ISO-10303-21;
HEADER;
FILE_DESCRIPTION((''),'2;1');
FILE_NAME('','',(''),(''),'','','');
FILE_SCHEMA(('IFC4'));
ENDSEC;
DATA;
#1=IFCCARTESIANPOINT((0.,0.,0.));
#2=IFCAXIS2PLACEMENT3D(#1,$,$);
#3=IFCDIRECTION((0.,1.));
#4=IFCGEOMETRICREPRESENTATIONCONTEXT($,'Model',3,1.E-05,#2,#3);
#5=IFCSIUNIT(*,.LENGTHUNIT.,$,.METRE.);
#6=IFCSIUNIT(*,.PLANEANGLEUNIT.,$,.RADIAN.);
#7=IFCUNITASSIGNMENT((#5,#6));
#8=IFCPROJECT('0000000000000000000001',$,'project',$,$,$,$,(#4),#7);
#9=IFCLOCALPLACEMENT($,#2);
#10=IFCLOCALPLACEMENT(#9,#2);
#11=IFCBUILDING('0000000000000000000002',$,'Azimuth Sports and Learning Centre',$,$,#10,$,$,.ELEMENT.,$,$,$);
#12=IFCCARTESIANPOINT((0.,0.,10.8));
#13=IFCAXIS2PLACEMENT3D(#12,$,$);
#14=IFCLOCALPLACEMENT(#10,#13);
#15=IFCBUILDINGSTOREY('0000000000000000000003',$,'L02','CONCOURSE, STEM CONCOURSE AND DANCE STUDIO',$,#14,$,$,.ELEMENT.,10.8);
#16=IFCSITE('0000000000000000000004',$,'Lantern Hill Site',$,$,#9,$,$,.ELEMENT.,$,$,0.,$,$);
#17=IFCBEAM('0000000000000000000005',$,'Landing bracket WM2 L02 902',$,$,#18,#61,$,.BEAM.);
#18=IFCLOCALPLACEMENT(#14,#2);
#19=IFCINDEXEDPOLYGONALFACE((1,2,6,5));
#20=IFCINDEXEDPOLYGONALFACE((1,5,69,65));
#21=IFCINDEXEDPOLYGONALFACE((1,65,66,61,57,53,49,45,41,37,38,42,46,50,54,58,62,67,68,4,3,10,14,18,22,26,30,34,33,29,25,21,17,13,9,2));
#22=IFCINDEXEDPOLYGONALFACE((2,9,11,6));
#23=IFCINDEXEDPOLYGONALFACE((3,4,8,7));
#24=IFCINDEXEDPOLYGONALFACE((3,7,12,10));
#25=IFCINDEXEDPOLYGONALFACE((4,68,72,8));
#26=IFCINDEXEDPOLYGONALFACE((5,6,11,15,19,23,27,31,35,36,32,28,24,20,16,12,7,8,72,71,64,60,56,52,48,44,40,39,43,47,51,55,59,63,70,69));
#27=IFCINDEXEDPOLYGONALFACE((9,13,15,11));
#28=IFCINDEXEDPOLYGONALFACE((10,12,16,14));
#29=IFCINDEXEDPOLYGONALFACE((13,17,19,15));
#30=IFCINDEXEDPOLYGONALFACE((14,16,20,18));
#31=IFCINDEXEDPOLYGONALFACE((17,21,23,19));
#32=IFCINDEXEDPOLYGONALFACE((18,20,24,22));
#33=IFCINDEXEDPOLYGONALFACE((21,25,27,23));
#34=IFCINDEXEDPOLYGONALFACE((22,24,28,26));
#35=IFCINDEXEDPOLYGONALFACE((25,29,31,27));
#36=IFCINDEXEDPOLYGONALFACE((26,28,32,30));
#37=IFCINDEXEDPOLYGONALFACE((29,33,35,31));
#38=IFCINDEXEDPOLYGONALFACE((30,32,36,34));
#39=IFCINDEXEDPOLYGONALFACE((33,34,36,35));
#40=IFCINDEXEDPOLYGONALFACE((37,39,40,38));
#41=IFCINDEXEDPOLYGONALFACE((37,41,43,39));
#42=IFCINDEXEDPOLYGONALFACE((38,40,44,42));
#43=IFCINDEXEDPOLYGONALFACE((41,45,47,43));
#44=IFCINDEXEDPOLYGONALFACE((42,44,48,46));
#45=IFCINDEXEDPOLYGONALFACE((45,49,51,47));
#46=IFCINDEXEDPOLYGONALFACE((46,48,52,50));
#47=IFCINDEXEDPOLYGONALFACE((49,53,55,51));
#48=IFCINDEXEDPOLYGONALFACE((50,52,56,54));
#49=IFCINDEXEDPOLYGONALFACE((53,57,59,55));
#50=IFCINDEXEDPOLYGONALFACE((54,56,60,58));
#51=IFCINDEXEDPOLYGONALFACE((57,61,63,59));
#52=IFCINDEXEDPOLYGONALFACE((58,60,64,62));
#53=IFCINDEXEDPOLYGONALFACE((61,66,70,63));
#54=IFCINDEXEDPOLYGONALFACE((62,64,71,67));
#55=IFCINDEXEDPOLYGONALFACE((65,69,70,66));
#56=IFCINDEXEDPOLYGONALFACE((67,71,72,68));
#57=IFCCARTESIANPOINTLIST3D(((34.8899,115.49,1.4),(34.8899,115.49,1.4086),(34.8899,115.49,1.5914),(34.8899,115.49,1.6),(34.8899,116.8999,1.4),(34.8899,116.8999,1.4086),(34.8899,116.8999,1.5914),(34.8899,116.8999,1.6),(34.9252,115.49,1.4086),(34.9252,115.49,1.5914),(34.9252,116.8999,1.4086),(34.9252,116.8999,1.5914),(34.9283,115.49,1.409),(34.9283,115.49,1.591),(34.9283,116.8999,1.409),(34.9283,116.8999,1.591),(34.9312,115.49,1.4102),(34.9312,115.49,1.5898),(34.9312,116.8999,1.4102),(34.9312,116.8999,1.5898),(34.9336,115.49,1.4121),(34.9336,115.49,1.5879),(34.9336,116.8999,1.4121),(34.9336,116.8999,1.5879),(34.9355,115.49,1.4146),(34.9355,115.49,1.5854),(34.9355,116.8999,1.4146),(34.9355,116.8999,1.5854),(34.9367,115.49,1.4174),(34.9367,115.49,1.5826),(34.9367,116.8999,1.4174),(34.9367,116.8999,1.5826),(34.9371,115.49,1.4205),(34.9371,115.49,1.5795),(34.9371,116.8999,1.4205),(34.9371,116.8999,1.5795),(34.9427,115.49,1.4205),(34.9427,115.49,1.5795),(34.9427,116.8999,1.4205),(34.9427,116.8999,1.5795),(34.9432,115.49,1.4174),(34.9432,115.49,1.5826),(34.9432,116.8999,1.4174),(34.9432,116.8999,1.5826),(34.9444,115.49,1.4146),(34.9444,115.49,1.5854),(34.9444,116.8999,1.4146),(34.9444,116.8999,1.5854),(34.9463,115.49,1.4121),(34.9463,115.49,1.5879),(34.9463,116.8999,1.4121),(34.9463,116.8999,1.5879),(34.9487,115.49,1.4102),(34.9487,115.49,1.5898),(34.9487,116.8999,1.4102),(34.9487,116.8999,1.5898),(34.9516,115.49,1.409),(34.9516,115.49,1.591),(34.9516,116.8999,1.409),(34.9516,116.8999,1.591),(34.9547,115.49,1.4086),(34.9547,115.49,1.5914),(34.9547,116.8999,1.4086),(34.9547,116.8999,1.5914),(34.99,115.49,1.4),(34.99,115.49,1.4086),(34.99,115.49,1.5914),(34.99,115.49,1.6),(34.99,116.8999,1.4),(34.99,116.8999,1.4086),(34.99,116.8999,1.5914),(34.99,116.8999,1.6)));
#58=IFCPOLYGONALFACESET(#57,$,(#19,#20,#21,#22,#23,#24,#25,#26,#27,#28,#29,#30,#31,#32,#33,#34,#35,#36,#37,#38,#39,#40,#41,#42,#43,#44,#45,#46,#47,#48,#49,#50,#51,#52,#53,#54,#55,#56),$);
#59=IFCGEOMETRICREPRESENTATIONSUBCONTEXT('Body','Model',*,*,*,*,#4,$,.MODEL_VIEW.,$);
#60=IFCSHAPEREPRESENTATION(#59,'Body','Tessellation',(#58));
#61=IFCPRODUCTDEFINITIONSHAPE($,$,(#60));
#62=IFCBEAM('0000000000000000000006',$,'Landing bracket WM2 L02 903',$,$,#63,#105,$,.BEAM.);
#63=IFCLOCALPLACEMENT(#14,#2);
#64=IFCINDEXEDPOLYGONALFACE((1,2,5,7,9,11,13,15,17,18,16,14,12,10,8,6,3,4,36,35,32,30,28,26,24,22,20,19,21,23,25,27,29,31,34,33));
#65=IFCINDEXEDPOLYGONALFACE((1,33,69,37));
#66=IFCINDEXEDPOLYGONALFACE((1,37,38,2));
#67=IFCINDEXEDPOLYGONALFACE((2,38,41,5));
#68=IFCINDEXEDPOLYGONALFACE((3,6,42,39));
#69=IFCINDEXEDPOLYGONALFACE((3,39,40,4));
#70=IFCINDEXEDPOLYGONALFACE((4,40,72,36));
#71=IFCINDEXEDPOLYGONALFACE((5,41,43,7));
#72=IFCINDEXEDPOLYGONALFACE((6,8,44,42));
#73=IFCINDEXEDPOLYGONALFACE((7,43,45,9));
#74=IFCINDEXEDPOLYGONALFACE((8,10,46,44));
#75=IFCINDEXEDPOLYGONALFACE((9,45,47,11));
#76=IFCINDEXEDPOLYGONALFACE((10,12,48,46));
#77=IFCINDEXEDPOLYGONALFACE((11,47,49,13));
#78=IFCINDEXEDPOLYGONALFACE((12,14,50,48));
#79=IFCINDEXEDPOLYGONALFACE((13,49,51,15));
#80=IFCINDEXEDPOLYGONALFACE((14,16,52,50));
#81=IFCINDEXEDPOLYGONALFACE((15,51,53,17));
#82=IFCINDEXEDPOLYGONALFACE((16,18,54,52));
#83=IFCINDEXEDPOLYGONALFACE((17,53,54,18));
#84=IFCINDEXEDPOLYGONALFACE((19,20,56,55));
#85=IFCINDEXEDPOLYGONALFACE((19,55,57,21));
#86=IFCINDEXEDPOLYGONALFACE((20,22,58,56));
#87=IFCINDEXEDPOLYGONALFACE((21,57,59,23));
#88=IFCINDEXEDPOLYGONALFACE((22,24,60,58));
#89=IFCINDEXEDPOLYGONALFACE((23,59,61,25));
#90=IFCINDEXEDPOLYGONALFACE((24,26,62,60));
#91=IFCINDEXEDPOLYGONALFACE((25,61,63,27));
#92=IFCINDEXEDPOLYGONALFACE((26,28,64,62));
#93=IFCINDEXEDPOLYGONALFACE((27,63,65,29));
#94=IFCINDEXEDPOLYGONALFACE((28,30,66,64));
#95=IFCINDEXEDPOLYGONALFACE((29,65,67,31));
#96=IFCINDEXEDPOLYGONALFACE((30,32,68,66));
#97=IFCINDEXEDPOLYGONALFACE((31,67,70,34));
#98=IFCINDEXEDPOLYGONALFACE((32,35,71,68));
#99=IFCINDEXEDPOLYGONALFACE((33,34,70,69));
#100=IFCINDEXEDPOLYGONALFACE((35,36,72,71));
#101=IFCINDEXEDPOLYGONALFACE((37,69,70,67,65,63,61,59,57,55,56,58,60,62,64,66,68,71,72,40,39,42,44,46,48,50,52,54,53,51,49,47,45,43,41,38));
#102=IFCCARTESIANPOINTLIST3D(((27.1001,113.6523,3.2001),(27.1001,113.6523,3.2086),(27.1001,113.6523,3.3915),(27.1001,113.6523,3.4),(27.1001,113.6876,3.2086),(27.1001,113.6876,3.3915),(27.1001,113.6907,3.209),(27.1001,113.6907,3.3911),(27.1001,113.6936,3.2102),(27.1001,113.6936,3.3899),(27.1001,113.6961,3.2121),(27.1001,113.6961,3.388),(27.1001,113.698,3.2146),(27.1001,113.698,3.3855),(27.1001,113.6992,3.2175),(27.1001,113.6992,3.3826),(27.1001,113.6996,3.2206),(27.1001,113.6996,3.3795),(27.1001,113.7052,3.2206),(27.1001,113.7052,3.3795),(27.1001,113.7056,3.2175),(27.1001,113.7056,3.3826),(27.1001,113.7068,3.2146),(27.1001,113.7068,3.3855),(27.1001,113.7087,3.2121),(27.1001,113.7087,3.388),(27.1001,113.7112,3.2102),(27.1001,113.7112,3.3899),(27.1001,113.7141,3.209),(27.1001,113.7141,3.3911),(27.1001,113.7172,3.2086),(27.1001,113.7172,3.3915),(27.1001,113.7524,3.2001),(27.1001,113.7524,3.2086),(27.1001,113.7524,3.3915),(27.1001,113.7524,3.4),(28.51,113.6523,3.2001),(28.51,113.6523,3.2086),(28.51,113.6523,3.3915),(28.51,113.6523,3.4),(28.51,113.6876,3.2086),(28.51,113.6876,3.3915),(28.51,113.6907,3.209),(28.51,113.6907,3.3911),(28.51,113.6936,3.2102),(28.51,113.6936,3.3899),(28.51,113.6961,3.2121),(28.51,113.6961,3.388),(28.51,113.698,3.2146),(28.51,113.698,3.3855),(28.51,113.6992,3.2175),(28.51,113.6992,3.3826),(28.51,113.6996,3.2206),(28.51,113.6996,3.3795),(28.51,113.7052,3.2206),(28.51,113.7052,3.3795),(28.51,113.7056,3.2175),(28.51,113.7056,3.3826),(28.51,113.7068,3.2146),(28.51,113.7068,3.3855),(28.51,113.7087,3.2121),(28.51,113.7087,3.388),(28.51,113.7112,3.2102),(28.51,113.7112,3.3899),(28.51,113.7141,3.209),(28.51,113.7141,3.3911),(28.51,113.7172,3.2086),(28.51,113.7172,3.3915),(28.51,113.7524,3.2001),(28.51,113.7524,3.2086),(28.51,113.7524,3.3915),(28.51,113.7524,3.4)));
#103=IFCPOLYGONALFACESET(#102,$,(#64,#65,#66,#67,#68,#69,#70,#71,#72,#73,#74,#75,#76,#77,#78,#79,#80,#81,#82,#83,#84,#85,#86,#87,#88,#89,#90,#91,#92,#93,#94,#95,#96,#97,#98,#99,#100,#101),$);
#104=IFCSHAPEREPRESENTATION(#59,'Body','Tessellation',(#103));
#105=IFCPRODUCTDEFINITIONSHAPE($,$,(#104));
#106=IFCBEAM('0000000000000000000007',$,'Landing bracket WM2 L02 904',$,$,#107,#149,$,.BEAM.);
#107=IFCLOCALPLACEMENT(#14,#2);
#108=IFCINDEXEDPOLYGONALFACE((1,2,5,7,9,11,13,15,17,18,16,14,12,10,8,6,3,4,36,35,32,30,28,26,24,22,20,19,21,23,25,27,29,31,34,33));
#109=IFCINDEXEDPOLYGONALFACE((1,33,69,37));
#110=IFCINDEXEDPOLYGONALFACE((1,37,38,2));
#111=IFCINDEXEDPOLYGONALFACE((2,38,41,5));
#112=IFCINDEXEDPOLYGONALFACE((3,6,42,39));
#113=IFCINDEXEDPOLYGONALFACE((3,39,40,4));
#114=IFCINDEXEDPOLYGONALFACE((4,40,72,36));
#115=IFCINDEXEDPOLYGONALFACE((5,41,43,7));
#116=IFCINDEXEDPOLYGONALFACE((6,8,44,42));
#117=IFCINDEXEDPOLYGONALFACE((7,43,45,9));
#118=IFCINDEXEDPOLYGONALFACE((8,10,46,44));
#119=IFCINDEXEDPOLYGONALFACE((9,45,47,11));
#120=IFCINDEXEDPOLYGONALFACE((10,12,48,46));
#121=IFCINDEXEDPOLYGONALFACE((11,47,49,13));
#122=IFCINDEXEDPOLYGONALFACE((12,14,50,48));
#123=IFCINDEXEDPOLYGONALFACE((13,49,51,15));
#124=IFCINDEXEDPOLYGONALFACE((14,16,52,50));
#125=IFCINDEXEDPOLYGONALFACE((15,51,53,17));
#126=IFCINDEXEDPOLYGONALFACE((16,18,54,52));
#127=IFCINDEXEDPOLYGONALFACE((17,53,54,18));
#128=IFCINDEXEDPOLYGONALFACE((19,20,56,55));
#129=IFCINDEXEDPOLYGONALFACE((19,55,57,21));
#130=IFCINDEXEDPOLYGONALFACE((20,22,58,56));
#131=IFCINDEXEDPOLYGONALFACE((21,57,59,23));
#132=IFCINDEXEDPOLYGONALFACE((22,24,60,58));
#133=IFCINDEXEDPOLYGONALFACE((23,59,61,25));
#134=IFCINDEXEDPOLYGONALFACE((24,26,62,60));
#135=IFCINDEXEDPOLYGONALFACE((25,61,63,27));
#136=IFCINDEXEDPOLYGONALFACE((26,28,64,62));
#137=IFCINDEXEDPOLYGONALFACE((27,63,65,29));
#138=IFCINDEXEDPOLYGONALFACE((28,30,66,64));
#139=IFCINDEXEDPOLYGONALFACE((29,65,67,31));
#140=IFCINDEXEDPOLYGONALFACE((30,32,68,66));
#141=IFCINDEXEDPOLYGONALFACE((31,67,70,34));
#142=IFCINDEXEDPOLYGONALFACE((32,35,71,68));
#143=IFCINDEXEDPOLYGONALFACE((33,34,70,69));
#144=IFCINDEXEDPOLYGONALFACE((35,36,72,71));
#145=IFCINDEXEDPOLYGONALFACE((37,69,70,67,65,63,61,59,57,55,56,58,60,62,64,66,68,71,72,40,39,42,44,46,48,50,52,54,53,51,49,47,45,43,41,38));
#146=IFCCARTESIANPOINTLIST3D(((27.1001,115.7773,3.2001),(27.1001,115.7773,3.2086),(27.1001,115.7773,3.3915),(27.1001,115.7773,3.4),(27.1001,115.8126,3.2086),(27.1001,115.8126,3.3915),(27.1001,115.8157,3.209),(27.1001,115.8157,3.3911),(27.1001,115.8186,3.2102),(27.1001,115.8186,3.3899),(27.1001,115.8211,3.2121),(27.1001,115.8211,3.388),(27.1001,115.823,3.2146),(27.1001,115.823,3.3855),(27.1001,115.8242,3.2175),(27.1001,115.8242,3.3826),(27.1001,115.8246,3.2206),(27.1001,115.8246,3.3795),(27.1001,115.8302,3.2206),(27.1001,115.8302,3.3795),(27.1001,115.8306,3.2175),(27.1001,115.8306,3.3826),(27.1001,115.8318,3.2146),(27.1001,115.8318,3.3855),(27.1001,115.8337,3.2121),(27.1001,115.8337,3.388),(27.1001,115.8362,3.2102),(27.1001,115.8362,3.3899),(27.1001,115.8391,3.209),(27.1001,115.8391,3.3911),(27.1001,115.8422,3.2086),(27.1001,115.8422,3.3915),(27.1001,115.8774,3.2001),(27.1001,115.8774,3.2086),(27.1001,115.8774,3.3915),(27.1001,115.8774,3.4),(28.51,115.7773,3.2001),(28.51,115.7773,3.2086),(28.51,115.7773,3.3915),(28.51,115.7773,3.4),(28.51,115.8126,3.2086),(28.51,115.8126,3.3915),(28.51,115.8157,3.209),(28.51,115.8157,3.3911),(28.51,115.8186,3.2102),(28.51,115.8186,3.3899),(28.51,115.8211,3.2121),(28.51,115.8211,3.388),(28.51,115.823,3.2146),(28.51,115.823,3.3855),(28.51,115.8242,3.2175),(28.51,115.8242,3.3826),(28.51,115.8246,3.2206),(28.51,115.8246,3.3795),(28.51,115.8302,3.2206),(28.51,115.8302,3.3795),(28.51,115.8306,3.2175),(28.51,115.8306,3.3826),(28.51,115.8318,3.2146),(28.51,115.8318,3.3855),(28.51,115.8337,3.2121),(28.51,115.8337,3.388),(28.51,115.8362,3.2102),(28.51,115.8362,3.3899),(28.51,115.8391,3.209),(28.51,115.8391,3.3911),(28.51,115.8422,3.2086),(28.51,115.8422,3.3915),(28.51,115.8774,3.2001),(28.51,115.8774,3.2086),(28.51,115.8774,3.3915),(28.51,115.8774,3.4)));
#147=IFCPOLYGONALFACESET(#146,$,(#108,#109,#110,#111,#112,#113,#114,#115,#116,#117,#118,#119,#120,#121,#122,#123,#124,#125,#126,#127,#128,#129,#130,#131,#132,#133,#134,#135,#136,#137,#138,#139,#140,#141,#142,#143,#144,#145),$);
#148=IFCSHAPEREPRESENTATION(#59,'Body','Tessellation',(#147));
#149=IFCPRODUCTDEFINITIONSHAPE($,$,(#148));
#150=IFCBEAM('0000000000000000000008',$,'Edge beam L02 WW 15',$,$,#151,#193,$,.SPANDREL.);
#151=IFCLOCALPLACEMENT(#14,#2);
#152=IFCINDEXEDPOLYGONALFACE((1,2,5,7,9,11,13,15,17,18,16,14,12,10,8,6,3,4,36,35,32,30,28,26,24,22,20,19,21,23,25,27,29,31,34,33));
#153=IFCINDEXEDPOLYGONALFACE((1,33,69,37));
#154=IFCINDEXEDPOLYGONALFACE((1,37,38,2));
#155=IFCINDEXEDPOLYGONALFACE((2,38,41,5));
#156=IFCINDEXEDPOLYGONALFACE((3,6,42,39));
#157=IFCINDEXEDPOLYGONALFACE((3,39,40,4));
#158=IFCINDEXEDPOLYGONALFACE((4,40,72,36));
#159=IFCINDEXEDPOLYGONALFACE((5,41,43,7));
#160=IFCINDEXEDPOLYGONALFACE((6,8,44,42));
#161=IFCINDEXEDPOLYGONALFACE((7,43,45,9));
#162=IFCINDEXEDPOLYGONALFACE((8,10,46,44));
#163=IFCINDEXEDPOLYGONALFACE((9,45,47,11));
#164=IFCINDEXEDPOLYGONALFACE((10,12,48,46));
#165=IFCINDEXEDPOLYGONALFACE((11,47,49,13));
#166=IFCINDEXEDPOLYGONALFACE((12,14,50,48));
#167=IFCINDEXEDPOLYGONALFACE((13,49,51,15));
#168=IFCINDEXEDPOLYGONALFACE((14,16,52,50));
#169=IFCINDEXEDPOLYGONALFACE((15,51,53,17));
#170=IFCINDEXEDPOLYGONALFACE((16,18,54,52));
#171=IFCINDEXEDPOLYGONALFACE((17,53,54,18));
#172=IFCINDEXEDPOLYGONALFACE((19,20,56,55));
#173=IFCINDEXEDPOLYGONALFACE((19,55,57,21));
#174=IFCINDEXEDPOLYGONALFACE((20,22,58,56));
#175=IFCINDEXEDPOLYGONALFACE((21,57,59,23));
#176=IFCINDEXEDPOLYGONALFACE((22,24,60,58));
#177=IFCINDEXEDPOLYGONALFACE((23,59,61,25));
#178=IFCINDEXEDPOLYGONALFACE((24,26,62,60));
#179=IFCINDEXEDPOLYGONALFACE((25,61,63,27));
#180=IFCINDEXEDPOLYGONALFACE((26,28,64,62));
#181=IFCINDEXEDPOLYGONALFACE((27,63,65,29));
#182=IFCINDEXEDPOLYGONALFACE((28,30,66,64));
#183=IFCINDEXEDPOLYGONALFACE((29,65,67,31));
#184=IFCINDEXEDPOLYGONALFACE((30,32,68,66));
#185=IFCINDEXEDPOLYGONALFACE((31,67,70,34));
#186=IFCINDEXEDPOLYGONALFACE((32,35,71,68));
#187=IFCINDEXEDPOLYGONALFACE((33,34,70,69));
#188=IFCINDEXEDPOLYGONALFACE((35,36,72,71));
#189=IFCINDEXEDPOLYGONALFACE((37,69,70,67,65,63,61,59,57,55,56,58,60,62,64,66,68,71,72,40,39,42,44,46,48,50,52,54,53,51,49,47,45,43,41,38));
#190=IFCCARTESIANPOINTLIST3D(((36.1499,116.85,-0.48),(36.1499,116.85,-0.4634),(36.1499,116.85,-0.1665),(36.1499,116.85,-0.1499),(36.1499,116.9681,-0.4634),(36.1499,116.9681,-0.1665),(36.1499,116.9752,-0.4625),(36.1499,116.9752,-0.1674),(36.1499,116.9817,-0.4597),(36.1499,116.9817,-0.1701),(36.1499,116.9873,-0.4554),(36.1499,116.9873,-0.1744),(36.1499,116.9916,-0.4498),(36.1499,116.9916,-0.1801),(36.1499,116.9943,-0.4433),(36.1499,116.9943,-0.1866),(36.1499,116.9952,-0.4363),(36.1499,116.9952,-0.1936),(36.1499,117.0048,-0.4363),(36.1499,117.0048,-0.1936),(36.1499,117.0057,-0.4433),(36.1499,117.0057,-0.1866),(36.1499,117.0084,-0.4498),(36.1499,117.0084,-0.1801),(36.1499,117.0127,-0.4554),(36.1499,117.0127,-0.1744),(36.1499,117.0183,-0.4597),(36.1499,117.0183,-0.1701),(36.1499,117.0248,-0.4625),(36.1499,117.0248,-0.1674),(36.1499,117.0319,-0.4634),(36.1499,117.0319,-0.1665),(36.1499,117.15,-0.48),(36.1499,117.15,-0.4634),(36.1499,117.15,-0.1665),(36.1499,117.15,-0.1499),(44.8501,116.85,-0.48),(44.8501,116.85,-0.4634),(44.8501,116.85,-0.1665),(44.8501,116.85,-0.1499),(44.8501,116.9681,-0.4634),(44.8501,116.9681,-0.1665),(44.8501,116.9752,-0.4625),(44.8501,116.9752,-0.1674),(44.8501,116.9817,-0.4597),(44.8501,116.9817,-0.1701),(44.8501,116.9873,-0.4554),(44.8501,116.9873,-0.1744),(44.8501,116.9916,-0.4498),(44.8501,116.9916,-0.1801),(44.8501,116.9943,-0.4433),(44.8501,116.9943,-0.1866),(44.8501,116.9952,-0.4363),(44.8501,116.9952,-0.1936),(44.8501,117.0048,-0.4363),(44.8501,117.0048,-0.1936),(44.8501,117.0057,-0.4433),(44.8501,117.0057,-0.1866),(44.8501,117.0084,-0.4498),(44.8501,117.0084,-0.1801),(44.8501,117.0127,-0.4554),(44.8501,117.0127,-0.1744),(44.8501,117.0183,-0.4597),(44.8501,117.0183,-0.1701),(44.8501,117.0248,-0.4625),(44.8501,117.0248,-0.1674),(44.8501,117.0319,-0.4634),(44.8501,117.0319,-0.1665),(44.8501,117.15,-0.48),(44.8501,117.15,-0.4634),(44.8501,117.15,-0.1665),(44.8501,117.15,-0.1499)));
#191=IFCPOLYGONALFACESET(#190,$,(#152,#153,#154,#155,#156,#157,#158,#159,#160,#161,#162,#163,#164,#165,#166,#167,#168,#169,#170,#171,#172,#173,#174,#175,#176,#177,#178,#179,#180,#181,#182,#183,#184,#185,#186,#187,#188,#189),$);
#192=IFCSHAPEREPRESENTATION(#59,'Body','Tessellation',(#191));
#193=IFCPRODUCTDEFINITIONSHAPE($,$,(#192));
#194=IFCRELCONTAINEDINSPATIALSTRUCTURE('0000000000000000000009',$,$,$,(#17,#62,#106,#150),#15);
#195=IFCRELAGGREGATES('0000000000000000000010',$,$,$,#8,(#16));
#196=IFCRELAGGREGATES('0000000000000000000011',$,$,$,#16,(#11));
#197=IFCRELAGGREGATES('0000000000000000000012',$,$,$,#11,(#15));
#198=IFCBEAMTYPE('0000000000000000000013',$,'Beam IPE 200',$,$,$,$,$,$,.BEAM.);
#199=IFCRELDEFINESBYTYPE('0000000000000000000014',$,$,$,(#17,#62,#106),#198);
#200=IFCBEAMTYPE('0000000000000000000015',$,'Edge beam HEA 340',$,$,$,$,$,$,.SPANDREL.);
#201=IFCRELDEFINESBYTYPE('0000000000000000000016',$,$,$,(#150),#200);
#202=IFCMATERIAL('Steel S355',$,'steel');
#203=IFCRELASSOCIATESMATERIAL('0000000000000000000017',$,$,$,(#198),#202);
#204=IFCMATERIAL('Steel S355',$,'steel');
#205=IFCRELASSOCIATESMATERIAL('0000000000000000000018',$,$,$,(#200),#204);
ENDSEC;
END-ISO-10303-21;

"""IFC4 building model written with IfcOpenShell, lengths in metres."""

from ifc_helpers import new_model, si_unit, direction, frame, origin, origin_2d, place, context, subcontext, project, spatial, i_section, extrude, material, material_profile, profile_set, type_object, element, save


model = new_model("IFC4")

# Units and contexts
model_context = context("Model", 3, precision=1e-05, world=origin(), true_north=direction((0.0, 1.0)))
body_context = subcontext(model_context, "Body", "Model", "MODEL_VIEW")
ifc_project = project(units=[si_unit("LENGTHUNIT", "METRE"), si_unit("PLANEANGLEUNIT", "RADIAN")], contexts=[model_context])

# Site, building, storey
site_placement = place(None, origin())
site = spatial("IfcSite", under=ifc_project, at=site_placement, Name="Lantern Hill Site", CompositionType="ELEMENT", RefElevation=0.0)
building_placement = place(site_placement, origin())
building = spatial("IfcBuilding", under=site, at=building_placement, Name="Azimuth Sports and Learning Centre", CompositionType="ELEMENT")
storey_placement = place(building_placement, frame((0.0, 0.0, 10.8)))
storey = spatial("IfcBuildingStorey", under=building, at=storey_placement, Name="L02", Description="CONCOURSE, STEM CONCOURSE AND DANCE STUDIO", CompositionType="ELEMENT", Elevation=10.8)

# Beams
ifc_material_1 = material(Name="Steel S355", Category="steel")
ifc_material_profile_1 = material_profile(ifc_material_1, i_section(OverallWidth=0.1001, OverallDepth=0.2, WebThickness=0.0056, FlangeThickness=0.0085, FilletRadius=0.012, at=origin_2d()), Name="IPE 200")
ifc_profile_set_1 = profile_set([ifc_material_profile_1], Name="Steel S355")
beam_type_1 = type_object("IfcBeamType", Name="Beam IPE 200", PredefinedType="BEAM", material=ifc_profile_set_1)
for number, where, z_axis, x_axis, name in (
    (1, (34.9399, 116.8999, 1.5), (0.0, -1.0, 0.0), (1.0, 0.0, 0.0), "Landing bracket WM2 L02 902"),
    (2, (27.1001, 113.7024, 3.3), (1.0, 0.0, 0.0), (0.0, 1.0, 0.0), "Landing bracket WM2 L02 903"),
    (3, (27.1001, 115.8274, 3.3), (1.0, 0.0, 0.0), (0.0, 1.0, 0.0), "Landing bracket WM2 L02 904"),
):
    element("IfcBeam", number, at=place(storey_placement, frame(where, z_axis=z_axis, x_axis=x_axis)), inside=storey, type_object=beam_type_1, Name=name, PredefinedType="BEAM", context=body_context, shape_type="SweptSolid", body=[
        extrude(i_section(OverallWidth=0.1001, OverallDepth=0.2, WebThickness=0.0056, FlangeThickness=0.0085, FilletRadius=0.012, at=origin_2d()), origin(), (0.0, 0.0, 1.0), 1.4099),
    ])
ifc_material_2 = material(Name="Steel S355", Category="steel")
ifc_material_profile_2 = material_profile(ifc_material_2, i_section(OverallWidth=0.3, OverallDepth=0.3301, WebThickness=0.0095, FlangeThickness=0.0166, FilletRadius=0.0271, at=origin_2d()), Name="HEA 340")
ifc_profile_set_2 = profile_set([ifc_material_profile_2], Name="Steel S355")
beam_type_2 = type_object("IfcBeamType", Name="Edge beam HEA 340", PredefinedType="SPANDREL", material=ifc_profile_set_2)
beam_placement = place(storey_placement, frame((36.1499, 117.0, -0.3149), z_axis=(1.0, 0.0, 0.0), x_axis=(0.0, 1.0, 0.0)))
element("IfcBeam", 4, at=beam_placement, inside=storey, type_object=beam_type_2, Name="Edge beam L02 WW 15", PredefinedType="SPANDREL", context=body_context, shape_type="SweptSolid", body=[
    extrude(i_section(OverallWidth=0.3, OverallDepth=0.3301, WebThickness=0.0095, FlangeThickness=0.0166, FilletRadius=0.0271, at=origin_2d()), origin(), (0.0, 0.0, 1.0), 8.7002),
])

save(model, "model.ifc")
